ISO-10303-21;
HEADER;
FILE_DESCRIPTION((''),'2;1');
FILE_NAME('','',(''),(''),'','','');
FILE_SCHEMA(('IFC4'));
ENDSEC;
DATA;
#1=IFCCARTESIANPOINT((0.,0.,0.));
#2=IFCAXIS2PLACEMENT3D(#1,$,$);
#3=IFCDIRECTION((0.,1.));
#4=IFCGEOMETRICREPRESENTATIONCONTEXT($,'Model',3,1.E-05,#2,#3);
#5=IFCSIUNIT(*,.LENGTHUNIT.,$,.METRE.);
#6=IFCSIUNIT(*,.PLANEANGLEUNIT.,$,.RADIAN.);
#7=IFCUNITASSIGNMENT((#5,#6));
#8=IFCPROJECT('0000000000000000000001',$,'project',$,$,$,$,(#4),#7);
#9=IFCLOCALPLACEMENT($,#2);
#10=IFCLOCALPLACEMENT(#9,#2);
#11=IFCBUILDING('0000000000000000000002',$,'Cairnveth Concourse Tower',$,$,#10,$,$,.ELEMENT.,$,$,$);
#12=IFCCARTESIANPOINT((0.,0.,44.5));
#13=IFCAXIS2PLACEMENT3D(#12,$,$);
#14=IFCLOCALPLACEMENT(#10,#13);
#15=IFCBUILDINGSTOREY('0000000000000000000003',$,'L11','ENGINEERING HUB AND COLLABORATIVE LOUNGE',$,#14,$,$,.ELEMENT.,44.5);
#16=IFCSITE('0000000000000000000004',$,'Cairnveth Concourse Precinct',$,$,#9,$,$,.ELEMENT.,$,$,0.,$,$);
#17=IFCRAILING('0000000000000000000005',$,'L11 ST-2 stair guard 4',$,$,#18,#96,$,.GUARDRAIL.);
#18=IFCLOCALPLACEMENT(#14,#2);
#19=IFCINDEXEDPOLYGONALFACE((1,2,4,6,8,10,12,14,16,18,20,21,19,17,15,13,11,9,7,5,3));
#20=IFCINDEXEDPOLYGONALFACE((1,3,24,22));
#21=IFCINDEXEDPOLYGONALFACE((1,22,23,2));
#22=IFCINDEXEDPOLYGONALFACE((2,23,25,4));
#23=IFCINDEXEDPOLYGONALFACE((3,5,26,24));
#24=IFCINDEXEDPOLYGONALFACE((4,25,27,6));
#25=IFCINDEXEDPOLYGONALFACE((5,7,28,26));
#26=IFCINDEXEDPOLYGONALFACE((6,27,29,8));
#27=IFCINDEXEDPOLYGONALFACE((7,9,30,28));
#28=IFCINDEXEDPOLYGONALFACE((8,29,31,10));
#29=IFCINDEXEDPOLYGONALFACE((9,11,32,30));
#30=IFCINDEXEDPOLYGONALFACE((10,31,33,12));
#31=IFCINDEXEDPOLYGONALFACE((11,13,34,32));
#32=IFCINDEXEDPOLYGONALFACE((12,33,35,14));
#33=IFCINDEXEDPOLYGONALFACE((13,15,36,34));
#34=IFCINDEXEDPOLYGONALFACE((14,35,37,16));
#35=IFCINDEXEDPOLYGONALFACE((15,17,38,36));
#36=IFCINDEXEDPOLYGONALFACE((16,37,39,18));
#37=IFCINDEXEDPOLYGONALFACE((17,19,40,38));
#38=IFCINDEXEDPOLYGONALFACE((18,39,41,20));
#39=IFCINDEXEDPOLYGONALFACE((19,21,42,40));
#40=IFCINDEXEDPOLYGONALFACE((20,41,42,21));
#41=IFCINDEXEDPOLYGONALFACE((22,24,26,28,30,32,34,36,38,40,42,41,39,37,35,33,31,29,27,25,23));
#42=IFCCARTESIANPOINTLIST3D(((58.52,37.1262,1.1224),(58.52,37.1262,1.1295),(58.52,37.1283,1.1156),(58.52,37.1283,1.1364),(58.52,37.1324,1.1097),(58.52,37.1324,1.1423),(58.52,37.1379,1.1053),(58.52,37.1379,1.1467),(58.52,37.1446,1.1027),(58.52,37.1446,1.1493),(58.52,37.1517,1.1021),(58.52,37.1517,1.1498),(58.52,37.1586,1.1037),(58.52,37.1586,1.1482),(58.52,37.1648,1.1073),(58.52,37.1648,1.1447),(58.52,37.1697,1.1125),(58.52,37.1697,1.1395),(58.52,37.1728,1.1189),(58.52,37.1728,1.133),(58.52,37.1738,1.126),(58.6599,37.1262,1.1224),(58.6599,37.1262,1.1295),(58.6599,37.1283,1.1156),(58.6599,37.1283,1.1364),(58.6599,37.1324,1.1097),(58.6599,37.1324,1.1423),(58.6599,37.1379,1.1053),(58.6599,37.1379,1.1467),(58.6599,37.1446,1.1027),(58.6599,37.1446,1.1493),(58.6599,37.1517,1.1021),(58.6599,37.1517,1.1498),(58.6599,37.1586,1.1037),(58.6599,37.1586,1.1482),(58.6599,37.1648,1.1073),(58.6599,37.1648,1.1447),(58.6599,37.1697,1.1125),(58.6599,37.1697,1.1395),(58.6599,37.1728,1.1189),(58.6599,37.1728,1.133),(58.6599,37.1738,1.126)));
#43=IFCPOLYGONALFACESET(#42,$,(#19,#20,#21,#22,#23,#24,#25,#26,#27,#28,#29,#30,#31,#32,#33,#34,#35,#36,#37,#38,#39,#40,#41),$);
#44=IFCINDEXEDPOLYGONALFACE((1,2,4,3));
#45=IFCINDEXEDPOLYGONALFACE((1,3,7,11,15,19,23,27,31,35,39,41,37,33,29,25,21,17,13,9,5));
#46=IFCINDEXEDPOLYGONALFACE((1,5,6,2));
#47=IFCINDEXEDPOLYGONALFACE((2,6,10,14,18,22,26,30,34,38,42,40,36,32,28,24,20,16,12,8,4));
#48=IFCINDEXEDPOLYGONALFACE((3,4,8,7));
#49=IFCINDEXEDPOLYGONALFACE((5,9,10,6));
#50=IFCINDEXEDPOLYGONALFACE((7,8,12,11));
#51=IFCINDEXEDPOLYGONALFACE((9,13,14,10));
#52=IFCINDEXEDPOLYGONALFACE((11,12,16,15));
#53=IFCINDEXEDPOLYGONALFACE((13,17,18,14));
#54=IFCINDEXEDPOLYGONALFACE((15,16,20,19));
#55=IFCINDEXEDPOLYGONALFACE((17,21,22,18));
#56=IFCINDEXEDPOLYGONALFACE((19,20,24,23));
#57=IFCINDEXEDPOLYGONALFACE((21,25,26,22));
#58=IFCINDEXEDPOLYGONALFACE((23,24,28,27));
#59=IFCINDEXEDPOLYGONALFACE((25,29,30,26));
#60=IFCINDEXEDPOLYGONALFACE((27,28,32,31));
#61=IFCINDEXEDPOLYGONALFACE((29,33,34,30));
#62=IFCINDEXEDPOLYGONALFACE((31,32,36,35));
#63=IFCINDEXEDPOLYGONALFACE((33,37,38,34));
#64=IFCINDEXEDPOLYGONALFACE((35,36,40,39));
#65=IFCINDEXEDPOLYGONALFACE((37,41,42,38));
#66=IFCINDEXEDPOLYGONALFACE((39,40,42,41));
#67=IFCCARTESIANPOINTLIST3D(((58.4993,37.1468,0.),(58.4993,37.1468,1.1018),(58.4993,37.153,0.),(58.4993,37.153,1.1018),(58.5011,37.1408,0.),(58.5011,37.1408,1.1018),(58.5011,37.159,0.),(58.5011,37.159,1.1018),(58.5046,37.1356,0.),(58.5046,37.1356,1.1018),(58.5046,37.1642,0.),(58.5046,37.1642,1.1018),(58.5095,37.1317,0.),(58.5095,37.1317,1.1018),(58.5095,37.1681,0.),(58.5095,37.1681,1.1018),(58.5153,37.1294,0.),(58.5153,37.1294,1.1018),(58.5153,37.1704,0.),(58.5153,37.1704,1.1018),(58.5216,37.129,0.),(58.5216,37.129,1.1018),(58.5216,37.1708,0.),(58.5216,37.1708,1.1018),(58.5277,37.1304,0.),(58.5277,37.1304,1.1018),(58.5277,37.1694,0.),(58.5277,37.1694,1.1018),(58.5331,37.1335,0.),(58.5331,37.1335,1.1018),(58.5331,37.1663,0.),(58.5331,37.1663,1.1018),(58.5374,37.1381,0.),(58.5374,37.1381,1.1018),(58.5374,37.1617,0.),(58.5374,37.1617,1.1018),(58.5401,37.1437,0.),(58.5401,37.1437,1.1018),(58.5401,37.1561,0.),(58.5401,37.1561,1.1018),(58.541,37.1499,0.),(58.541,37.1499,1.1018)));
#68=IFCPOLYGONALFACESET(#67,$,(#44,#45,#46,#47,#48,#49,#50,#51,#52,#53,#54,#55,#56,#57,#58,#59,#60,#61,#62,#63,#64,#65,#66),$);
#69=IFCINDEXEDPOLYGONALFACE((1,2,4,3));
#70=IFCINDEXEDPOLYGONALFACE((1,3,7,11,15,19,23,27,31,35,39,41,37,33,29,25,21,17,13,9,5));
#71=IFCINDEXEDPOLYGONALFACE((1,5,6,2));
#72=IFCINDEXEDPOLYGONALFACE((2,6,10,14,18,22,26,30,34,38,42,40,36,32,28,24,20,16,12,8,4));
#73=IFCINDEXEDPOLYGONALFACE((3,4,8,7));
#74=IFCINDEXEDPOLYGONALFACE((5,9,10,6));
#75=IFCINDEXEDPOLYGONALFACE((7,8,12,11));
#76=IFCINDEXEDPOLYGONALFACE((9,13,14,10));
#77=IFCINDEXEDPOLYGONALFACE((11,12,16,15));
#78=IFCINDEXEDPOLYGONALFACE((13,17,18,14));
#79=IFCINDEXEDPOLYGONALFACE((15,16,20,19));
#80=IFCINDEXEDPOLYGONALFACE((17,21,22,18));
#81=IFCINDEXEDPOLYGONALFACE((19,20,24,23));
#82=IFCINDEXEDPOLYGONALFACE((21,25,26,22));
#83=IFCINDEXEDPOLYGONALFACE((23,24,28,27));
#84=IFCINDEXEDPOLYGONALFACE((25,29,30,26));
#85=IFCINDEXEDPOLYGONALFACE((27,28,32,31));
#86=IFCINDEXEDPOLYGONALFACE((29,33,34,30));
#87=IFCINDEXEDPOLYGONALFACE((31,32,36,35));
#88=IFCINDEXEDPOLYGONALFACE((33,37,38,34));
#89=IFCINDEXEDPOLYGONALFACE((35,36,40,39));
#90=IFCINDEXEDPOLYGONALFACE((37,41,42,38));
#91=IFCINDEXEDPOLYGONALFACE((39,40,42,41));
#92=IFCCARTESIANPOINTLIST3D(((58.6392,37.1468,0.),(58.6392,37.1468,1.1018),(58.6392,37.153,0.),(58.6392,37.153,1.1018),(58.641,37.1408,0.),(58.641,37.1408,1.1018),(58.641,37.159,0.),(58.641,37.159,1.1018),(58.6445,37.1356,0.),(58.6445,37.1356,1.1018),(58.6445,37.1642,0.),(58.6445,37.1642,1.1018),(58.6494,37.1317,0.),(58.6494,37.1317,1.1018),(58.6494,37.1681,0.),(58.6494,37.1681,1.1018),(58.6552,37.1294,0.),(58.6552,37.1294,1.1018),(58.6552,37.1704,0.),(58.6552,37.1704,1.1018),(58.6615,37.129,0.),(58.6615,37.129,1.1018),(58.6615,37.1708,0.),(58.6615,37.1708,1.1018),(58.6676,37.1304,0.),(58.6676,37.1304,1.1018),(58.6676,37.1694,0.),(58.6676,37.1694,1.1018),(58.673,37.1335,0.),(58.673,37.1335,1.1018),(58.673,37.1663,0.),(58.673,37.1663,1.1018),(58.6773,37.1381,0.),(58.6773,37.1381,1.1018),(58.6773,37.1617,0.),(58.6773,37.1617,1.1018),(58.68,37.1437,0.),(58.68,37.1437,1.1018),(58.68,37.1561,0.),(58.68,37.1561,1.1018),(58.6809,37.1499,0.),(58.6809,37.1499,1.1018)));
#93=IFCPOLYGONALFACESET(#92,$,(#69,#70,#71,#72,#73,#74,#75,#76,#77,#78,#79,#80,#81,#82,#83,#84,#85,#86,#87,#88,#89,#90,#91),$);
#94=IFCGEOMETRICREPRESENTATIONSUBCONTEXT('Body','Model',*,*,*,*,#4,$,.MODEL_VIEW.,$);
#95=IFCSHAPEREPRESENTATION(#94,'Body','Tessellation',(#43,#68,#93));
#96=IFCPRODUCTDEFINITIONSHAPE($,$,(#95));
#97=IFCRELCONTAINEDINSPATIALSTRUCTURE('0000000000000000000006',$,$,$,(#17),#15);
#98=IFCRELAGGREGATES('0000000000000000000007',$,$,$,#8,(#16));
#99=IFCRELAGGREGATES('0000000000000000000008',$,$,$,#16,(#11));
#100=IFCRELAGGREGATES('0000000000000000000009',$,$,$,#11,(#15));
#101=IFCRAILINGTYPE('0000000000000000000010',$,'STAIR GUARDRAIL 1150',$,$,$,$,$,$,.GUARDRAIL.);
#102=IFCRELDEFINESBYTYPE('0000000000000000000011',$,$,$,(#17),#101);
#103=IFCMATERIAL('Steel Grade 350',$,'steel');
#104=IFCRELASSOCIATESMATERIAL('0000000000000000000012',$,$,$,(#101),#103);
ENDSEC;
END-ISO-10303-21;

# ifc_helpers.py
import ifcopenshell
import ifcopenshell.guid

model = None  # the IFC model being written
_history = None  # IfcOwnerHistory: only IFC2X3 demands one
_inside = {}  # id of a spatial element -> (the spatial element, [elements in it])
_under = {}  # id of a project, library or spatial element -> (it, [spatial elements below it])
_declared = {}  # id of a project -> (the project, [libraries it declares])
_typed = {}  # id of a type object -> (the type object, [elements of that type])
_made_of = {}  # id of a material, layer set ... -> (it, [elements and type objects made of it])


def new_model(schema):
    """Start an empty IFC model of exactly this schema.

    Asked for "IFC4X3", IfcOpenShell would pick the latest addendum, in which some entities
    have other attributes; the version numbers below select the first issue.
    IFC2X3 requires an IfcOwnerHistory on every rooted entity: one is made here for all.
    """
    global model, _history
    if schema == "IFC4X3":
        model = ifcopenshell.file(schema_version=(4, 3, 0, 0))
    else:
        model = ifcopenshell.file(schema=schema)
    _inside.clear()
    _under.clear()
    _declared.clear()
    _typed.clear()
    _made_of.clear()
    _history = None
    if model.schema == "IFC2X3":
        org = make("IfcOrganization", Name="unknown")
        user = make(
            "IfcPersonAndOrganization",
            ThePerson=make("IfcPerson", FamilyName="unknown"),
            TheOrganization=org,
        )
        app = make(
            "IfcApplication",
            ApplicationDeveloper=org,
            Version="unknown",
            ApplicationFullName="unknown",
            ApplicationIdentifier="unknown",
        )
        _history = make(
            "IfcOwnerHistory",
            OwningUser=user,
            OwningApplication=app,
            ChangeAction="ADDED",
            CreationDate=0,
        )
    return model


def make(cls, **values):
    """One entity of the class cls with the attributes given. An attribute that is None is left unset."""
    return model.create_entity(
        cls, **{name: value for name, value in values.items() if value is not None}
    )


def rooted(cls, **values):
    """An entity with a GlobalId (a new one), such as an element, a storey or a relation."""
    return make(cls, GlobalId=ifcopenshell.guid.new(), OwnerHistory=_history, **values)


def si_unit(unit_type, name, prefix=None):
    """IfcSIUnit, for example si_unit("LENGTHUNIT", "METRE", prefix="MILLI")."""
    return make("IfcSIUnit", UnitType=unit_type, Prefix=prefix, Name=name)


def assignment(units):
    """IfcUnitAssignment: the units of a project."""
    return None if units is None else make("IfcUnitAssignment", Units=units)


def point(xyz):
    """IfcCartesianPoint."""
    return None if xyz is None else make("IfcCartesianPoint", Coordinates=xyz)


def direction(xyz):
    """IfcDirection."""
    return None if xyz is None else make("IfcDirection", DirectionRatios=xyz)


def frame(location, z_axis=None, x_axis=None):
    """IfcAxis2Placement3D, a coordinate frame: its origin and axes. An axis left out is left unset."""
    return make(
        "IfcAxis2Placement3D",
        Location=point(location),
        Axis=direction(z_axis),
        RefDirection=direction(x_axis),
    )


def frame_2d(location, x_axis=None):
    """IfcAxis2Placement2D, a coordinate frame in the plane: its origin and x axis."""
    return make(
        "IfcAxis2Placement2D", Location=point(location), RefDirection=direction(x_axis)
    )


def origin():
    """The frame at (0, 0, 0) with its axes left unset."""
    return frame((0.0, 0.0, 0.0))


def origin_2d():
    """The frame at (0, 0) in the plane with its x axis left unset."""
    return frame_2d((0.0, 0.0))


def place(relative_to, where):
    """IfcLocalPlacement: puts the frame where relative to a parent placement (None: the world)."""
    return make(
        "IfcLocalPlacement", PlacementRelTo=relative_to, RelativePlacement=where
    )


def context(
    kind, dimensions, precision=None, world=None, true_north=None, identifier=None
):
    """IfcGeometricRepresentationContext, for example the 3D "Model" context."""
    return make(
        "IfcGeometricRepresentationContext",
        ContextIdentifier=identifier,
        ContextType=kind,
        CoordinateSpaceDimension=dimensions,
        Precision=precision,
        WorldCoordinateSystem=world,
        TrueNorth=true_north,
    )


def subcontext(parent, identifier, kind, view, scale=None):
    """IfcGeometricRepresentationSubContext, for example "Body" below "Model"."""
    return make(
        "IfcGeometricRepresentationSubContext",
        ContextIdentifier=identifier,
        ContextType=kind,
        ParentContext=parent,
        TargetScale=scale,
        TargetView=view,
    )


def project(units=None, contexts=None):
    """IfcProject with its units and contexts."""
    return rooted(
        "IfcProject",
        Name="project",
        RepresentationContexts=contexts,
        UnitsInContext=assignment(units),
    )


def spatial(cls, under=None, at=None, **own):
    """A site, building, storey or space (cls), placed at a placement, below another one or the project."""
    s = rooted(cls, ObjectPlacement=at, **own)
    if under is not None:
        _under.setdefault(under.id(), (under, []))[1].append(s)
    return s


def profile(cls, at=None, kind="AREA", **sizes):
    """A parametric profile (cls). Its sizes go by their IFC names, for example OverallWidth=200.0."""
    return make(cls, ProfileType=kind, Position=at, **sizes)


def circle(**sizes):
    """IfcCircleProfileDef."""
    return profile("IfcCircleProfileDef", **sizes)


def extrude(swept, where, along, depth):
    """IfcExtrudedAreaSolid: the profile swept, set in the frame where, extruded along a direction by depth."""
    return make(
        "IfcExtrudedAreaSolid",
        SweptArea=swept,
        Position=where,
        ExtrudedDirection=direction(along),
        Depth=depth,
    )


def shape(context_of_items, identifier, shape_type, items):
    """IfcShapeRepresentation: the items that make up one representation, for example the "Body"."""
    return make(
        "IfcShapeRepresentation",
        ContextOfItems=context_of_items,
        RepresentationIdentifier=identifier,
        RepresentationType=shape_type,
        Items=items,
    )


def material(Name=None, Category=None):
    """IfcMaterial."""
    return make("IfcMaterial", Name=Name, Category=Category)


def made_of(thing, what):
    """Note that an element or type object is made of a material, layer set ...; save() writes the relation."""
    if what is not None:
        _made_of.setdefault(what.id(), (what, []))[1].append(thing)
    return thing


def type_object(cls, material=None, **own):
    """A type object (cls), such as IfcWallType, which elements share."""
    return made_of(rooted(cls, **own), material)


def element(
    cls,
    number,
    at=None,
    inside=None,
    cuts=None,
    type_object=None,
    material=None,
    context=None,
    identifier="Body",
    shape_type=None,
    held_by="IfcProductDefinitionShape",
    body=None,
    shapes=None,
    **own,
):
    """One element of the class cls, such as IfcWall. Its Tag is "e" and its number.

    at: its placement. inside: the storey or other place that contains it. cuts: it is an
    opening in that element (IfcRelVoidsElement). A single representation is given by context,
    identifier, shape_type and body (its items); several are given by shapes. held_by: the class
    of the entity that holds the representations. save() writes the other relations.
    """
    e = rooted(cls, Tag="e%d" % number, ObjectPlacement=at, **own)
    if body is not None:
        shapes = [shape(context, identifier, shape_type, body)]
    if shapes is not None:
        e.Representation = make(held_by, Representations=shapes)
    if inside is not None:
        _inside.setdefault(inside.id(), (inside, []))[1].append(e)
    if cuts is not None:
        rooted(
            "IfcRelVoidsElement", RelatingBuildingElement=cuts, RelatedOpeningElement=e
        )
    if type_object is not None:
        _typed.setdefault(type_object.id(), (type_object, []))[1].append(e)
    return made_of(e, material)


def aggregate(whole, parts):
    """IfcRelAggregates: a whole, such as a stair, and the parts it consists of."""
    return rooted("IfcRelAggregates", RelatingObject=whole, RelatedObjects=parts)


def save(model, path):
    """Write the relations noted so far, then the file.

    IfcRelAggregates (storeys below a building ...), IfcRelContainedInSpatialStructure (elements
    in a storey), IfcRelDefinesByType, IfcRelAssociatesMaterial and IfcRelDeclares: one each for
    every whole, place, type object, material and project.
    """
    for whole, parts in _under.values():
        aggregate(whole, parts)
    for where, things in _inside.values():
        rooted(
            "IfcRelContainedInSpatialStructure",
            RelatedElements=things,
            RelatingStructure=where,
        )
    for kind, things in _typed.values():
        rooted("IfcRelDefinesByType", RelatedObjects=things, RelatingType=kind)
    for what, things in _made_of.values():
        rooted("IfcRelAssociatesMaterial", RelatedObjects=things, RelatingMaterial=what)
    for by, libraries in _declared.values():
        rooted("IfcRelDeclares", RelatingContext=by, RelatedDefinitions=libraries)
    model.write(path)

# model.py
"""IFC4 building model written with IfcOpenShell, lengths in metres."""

from ifc_helpers import new_model, si_unit, direction, frame, origin, origin_2d, place, context, subcontext, project, spatial, circle, extrude, material, type_object, element, save


model = new_model("IFC4")

# Units and contexts
model_context = context("Model", 3, precision=1e-05, world=origin(), true_north=direction((0.0, 1.0)))
body_context = subcontext(model_context, "Body", "Model", "MODEL_VIEW")
ifc_project = project(units=[si_unit("LENGTHUNIT", "METRE"), si_unit("PLANEANGLEUNIT", "RADIAN")], contexts=[model_context])

# Site, building, storey
site_placement = place(None, origin())
site = spatial("IfcSite", under=ifc_project, at=site_placement, Name="Cairnveth Concourse Precinct", CompositionType="ELEMENT", RefElevation=0.0)
building_placement = place(site_placement, origin())
building = spatial("IfcBuilding", under=site, at=building_placement, Name="Cairnveth Concourse Tower", CompositionType="ELEMENT")
storey_placement = place(building_placement, frame((0.0, 0.0, 44.5)))
storey = spatial("IfcBuildingStorey", under=building, at=storey_placement, Name="L11", Description="ENGINEERING HUB AND COLLABORATIVE LOUNGE", CompositionType="ELEMENT", Elevation=44.5)

# Shared definitions
ifc_material_1 = material(Name="Steel Grade 350", Category="steel")

# Railing
railing_type = type_object("IfcRailingType", Name="STAIR GUARDRAIL 1150", PredefinedType="GUARDRAIL", material=ifc_material_1)
railing_1_placement = place(storey_placement, frame((58.52, 37.1499, 0.0)))
element("IfcRailing", 1, at=railing_1_placement, inside=storey, type_object=railing_type, Name="L11 ST-2 stair guard 4", PredefinedType="GUARDRAIL", context=body_context, shape_type="SweptSolid", body=[
    extrude(circle(Radius=0.0239, at=origin_2d()), frame((0.0, 0.0, 1.126), z_axis=(1.0, 0.0, 0.0), x_axis=(0.0, 1.0, 0.0)), (0.0, 0.0, 1.0), 0.1399),
    extrude(circle(Radius=0.021, at=origin_2d()), origin(), (0.0, 0.0, 1.0), 1.1018),
    extrude(circle(Radius=0.021, at=origin_2d()), frame((0.1399, 0.0, 0.0)), (0.0, 0.0, 1.0), 1.1018),
])

save(model, "model.ifc")
